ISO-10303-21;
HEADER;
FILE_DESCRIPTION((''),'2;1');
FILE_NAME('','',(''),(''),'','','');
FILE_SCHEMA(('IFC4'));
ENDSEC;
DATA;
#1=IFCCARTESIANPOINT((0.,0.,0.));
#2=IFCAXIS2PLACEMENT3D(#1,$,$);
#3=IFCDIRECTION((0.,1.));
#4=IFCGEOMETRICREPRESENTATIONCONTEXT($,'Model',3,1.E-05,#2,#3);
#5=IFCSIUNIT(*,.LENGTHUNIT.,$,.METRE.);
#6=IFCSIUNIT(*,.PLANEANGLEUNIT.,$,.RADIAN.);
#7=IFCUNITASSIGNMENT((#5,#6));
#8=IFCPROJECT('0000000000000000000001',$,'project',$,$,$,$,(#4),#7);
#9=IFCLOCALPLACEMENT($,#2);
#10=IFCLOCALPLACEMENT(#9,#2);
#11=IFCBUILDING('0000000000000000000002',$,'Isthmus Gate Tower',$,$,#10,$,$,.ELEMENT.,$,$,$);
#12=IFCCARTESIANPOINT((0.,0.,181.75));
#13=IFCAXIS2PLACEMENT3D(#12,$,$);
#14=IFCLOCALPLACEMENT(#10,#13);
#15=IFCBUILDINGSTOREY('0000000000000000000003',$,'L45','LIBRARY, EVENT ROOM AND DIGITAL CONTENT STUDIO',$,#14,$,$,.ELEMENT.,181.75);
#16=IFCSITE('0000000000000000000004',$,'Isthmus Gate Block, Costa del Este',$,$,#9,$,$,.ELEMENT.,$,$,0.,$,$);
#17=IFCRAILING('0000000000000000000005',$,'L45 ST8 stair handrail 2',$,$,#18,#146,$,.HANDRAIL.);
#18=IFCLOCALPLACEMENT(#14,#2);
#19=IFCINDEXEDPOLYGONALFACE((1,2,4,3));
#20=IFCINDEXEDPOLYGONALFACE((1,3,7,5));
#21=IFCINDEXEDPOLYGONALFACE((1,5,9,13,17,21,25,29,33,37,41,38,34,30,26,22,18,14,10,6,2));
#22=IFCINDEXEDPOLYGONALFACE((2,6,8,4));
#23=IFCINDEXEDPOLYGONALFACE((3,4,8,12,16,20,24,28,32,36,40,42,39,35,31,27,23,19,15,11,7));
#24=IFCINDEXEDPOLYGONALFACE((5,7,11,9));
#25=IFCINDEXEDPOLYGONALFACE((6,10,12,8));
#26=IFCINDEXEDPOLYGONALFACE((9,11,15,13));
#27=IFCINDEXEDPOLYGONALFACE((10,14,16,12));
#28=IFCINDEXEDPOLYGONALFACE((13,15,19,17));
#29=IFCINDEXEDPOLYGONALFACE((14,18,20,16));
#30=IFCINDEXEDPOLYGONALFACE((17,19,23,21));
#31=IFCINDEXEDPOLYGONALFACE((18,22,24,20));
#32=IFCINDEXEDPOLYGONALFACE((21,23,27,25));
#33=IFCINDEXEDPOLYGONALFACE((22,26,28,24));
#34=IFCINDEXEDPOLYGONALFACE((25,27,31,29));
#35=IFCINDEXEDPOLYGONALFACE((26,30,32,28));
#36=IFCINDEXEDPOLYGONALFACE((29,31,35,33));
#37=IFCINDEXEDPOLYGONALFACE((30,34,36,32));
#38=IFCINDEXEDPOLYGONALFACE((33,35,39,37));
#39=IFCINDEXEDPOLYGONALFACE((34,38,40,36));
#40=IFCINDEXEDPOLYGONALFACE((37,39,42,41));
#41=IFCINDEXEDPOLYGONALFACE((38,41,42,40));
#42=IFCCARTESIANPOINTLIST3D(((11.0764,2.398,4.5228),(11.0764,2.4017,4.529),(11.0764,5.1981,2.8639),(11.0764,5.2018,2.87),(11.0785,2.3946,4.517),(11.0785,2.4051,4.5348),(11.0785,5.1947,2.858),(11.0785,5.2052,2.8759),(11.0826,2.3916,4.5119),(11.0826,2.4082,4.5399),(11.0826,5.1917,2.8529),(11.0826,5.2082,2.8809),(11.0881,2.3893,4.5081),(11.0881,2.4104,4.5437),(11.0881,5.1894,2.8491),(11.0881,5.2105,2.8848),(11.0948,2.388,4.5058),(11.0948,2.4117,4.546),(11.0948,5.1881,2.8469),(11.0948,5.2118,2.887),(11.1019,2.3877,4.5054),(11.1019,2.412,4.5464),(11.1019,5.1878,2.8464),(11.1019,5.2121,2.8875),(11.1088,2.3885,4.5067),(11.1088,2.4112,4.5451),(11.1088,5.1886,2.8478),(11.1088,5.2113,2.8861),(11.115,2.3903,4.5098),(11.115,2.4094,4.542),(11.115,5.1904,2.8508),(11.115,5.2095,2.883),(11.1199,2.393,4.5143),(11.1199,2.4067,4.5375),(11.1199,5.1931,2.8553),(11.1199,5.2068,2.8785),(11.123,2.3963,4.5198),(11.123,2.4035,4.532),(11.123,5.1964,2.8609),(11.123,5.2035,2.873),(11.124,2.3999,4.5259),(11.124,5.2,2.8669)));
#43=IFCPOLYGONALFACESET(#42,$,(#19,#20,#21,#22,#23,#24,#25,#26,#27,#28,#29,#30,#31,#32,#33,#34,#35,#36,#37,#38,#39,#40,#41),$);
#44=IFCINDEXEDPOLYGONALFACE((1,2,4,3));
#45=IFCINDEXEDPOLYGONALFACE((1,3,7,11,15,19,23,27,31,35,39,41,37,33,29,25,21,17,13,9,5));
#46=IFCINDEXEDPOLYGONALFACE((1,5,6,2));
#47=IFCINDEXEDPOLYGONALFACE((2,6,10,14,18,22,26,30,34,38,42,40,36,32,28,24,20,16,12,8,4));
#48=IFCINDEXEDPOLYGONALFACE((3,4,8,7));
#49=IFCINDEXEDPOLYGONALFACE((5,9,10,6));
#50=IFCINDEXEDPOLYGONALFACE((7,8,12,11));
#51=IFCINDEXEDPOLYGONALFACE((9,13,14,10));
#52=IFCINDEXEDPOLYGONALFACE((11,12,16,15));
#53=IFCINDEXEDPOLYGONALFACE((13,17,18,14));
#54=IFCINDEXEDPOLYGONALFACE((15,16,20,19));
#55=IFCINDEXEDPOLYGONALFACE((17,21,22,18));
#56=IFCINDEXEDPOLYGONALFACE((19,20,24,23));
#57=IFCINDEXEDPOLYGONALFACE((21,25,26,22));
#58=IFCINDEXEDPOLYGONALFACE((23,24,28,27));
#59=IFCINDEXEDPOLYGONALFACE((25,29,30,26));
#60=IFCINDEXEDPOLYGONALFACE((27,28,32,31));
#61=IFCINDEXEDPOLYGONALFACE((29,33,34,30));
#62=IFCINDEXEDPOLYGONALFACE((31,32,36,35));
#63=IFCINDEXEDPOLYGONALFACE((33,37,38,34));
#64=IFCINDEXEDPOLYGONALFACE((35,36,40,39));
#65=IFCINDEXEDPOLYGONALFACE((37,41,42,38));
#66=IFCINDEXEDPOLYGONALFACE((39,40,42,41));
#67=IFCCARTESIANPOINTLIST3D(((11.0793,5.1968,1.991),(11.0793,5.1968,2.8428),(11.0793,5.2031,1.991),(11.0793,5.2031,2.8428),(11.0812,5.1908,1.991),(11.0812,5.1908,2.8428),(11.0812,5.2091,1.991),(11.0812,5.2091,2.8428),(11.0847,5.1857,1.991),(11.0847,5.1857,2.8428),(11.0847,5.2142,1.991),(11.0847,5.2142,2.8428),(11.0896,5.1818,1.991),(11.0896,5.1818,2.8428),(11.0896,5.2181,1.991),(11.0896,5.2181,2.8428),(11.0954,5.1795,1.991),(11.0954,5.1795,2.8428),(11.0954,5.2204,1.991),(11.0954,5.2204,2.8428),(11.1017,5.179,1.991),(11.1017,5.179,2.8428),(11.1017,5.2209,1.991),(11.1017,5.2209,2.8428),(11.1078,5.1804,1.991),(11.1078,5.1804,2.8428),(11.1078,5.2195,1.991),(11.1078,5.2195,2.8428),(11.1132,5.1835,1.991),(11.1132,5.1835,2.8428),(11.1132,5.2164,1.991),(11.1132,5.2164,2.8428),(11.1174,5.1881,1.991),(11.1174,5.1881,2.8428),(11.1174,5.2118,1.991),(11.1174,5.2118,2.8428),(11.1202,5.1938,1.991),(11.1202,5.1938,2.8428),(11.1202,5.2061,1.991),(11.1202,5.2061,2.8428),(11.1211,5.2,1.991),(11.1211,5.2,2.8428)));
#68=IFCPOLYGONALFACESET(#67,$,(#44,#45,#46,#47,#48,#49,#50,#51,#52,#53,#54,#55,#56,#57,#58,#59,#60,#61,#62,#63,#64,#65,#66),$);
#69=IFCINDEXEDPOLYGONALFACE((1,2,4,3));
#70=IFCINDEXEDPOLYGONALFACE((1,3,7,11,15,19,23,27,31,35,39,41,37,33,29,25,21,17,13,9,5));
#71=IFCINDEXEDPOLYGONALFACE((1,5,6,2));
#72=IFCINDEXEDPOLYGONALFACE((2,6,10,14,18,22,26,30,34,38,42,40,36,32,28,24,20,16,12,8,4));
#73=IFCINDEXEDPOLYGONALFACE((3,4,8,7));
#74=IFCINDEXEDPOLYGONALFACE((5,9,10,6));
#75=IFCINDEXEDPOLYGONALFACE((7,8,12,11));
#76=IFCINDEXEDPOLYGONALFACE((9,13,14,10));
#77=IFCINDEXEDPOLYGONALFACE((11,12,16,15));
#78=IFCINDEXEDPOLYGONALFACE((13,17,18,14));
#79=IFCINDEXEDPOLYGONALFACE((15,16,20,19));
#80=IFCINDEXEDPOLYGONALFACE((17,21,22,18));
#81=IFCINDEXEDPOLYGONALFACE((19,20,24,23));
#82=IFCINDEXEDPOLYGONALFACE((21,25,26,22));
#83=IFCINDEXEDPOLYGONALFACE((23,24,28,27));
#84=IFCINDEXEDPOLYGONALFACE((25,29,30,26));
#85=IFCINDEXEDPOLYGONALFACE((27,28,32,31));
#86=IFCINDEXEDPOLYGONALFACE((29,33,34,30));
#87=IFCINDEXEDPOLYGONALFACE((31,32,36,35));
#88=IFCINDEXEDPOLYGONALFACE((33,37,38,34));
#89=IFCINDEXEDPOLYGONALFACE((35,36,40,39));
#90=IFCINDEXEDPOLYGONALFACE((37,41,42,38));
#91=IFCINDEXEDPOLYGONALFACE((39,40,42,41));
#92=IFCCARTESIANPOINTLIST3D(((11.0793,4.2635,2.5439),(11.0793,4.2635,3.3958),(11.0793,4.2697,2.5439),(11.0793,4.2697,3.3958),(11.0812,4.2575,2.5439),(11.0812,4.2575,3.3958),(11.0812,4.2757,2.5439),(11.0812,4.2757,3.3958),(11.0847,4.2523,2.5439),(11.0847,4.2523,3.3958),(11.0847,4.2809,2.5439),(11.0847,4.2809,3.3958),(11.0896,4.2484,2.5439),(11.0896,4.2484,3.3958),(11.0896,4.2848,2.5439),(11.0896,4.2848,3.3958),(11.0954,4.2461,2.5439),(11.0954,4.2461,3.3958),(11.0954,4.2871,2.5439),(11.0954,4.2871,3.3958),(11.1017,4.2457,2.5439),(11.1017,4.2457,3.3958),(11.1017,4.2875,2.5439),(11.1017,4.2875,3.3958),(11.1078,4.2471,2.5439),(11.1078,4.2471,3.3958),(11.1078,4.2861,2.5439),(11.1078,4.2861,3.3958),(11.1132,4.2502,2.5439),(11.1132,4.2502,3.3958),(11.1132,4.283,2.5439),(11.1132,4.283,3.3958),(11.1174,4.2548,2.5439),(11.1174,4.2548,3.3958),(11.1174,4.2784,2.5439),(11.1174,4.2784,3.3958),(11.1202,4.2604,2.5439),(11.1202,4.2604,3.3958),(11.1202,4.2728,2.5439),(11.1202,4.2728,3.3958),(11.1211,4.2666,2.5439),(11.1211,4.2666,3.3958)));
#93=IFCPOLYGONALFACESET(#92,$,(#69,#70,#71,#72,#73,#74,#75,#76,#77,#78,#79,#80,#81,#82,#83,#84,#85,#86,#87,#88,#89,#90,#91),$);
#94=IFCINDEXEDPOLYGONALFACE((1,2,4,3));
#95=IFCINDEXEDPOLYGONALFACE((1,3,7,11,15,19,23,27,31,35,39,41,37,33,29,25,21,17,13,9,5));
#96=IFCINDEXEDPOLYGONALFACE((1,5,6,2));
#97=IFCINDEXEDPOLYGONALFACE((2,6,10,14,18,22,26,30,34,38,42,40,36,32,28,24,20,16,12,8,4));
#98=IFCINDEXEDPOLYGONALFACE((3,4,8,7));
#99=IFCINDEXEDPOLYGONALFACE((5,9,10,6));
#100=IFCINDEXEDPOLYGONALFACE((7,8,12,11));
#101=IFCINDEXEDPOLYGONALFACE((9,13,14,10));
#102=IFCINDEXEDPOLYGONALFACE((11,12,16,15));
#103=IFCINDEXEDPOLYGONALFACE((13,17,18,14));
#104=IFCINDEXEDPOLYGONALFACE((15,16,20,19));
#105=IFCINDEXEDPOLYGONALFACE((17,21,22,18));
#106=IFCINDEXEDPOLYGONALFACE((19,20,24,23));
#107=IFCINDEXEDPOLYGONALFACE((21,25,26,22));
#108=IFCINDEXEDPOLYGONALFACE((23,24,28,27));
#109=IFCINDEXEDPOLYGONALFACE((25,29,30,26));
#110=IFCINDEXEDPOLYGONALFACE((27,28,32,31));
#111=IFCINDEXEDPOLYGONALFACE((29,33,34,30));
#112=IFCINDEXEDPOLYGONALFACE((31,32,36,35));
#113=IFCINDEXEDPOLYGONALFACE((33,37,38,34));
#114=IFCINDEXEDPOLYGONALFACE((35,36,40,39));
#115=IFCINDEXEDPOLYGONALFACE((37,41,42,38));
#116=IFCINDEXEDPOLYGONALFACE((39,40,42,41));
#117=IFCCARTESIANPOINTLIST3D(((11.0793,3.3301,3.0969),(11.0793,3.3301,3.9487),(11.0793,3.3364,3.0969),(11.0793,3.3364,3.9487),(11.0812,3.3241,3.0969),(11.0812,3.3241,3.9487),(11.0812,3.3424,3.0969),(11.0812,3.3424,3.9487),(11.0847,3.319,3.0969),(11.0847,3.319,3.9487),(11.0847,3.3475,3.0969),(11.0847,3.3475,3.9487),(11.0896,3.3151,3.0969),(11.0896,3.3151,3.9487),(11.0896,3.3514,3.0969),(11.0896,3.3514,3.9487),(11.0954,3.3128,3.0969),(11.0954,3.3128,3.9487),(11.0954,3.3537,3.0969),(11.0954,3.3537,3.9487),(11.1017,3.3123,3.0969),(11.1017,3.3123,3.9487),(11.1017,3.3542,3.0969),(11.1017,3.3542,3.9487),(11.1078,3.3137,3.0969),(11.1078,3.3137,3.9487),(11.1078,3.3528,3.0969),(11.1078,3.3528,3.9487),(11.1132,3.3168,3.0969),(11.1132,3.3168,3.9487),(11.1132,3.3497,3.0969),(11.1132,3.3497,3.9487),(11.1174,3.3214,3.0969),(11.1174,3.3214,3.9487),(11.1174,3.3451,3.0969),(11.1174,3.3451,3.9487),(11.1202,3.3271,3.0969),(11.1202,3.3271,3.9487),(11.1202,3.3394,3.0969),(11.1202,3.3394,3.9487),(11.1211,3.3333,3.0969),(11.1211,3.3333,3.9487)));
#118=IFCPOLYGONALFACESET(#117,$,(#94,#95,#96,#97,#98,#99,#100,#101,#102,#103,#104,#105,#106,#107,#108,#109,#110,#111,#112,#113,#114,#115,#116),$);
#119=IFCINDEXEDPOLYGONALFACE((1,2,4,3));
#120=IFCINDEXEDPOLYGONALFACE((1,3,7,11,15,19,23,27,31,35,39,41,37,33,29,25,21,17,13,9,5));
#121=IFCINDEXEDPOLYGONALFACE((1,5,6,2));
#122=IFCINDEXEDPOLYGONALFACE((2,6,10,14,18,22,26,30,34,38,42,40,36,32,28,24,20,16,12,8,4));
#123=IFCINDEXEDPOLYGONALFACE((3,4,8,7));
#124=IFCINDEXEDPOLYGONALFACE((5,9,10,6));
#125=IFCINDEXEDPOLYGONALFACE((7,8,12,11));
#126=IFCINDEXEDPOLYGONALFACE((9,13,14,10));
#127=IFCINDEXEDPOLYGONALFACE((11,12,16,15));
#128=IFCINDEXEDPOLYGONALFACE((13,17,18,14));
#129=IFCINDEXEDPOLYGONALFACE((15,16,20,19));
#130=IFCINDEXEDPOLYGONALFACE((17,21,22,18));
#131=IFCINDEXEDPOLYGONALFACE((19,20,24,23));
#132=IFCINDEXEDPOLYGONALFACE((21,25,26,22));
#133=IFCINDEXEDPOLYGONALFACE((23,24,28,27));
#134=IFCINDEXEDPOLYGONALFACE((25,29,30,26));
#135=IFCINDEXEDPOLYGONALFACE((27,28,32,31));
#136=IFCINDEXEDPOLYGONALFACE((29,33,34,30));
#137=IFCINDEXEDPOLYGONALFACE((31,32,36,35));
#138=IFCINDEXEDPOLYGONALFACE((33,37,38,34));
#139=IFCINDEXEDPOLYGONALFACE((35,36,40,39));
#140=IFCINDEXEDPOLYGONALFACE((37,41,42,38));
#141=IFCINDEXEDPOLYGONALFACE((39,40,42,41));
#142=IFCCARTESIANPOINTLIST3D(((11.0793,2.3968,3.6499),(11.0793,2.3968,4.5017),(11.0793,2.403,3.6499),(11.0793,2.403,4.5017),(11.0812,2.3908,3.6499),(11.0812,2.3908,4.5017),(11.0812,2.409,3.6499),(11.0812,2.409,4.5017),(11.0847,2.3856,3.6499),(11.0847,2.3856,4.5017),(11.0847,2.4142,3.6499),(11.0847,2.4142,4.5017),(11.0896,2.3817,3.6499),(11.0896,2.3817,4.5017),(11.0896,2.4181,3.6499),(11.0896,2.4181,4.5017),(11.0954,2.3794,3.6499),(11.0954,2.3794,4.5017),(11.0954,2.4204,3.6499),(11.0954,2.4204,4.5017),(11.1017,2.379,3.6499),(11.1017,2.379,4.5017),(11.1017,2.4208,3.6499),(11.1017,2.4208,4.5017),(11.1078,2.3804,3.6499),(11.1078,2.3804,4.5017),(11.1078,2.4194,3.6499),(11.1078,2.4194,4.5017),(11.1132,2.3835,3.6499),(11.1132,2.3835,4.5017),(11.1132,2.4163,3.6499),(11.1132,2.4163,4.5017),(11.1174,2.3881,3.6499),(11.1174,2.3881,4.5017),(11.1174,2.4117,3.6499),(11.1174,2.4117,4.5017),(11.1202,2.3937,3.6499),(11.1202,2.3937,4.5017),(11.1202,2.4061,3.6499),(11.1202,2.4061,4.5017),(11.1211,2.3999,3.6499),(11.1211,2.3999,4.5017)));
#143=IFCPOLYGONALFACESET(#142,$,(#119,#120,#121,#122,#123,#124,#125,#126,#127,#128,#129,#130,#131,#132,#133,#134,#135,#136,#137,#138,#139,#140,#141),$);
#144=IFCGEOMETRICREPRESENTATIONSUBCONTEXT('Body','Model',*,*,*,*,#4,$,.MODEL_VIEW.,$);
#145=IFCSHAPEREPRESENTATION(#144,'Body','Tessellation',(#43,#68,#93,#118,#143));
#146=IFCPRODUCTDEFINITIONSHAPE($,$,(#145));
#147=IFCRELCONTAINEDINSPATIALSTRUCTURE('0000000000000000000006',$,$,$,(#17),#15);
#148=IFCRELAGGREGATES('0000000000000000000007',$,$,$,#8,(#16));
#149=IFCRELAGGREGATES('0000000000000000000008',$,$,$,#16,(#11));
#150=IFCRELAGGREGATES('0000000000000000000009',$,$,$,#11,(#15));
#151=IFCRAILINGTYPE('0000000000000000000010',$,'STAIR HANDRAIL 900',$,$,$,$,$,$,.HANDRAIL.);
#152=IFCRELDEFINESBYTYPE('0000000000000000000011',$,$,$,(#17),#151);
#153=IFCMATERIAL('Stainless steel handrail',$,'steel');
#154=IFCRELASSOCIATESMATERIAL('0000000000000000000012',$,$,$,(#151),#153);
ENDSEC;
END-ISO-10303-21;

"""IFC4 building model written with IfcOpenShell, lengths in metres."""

from ifc_helpers import new_model, si_unit, direction, frame, origin, origin_2d, place, context, subcontext, project, spatial, circle, extrude, material, type_object, element, save


model = new_model("IFC4")

# Units and contexts
model_context = context("Model", 3, precision=1e-05, world=origin(), true_north=direction((0.0, 1.0)))
body_context = subcontext(model_context, "Body", "Model", "MODEL_VIEW")
ifc_project = project(units=[si_unit("LENGTHUNIT", "METRE"), si_unit("PLANEANGLEUNIT", "RADIAN")], contexts=[model_context])

# Site, building, storey
site_placement = place(None, origin())
site = spatial("IfcSite", under=ifc_project, at=site_placement, Name="Isthmus Gate Block, Costa del Este", CompositionType="ELEMENT", RefElevation=0.0)
building_placement = place(site_placement, origin())
building = spatial("IfcBuilding", under=site, at=building_placement, Name="Isthmus Gate Tower", CompositionType="ELEMENT")
storey_placement = place(building_placement, frame((0.0, 0.0, 181.75)))
storey = spatial("IfcBuildingStorey", under=building, at=storey_placement, Name="L45", Description="LIBRARY, EVENT ROOM AND DIGITAL CONTENT STUDIO", CompositionType="ELEMENT", Elevation=181.75)

# Railing
ifc_material_1 = material(Name="Stainless steel handrail", Category="steel")
railing_type_1 = type_object("IfcRailingType", Name="STAIR HANDRAIL 900", PredefinedType="HANDRAIL", material=ifc_material_1)
railing_1_placement = place(storey_placement, frame((11.1001, 5.2, 1.991)))
element("IfcRailing", 1, at=railing_1_placement, inside=storey, type_object=railing_type_1, Name="L45 ST8 stair handrail 2", PredefinedType="HANDRAIL", context=body_context, shape_type="SweptSolid", body=[
    extrude(circle(Radius=0.0239, at=origin_2d()), frame((0.0, 0.0, 0.876), z_axis=(0.0, -0.860339, 0.509722), x_axis=(1.0, 0.0, 0.0)), (0.0, 0.0, 1.0), 3.2546),
    extrude(circle(Radius=0.021, at=origin_2d()), origin(), (0.0, 0.0, 1.0), 0.8518),
    extrude(circle(Radius=0.021, at=origin_2d()), frame((0.0, -0.9333, 0.553)), (0.0, 0.0, 1.0), 0.8518),
    extrude(circle(Radius=0.021, at=origin_2d()), frame((0.0, -1.8667, 1.106)), (0.0, 0.0, 1.0), 0.8518),
    extrude(circle(Radius=0.021, at=origin_2d()), frame((0.0, -2.8, 1.6589)), (0.0, 0.0, 1.0), 0.8518),
])

save(model, "model.ifc")
